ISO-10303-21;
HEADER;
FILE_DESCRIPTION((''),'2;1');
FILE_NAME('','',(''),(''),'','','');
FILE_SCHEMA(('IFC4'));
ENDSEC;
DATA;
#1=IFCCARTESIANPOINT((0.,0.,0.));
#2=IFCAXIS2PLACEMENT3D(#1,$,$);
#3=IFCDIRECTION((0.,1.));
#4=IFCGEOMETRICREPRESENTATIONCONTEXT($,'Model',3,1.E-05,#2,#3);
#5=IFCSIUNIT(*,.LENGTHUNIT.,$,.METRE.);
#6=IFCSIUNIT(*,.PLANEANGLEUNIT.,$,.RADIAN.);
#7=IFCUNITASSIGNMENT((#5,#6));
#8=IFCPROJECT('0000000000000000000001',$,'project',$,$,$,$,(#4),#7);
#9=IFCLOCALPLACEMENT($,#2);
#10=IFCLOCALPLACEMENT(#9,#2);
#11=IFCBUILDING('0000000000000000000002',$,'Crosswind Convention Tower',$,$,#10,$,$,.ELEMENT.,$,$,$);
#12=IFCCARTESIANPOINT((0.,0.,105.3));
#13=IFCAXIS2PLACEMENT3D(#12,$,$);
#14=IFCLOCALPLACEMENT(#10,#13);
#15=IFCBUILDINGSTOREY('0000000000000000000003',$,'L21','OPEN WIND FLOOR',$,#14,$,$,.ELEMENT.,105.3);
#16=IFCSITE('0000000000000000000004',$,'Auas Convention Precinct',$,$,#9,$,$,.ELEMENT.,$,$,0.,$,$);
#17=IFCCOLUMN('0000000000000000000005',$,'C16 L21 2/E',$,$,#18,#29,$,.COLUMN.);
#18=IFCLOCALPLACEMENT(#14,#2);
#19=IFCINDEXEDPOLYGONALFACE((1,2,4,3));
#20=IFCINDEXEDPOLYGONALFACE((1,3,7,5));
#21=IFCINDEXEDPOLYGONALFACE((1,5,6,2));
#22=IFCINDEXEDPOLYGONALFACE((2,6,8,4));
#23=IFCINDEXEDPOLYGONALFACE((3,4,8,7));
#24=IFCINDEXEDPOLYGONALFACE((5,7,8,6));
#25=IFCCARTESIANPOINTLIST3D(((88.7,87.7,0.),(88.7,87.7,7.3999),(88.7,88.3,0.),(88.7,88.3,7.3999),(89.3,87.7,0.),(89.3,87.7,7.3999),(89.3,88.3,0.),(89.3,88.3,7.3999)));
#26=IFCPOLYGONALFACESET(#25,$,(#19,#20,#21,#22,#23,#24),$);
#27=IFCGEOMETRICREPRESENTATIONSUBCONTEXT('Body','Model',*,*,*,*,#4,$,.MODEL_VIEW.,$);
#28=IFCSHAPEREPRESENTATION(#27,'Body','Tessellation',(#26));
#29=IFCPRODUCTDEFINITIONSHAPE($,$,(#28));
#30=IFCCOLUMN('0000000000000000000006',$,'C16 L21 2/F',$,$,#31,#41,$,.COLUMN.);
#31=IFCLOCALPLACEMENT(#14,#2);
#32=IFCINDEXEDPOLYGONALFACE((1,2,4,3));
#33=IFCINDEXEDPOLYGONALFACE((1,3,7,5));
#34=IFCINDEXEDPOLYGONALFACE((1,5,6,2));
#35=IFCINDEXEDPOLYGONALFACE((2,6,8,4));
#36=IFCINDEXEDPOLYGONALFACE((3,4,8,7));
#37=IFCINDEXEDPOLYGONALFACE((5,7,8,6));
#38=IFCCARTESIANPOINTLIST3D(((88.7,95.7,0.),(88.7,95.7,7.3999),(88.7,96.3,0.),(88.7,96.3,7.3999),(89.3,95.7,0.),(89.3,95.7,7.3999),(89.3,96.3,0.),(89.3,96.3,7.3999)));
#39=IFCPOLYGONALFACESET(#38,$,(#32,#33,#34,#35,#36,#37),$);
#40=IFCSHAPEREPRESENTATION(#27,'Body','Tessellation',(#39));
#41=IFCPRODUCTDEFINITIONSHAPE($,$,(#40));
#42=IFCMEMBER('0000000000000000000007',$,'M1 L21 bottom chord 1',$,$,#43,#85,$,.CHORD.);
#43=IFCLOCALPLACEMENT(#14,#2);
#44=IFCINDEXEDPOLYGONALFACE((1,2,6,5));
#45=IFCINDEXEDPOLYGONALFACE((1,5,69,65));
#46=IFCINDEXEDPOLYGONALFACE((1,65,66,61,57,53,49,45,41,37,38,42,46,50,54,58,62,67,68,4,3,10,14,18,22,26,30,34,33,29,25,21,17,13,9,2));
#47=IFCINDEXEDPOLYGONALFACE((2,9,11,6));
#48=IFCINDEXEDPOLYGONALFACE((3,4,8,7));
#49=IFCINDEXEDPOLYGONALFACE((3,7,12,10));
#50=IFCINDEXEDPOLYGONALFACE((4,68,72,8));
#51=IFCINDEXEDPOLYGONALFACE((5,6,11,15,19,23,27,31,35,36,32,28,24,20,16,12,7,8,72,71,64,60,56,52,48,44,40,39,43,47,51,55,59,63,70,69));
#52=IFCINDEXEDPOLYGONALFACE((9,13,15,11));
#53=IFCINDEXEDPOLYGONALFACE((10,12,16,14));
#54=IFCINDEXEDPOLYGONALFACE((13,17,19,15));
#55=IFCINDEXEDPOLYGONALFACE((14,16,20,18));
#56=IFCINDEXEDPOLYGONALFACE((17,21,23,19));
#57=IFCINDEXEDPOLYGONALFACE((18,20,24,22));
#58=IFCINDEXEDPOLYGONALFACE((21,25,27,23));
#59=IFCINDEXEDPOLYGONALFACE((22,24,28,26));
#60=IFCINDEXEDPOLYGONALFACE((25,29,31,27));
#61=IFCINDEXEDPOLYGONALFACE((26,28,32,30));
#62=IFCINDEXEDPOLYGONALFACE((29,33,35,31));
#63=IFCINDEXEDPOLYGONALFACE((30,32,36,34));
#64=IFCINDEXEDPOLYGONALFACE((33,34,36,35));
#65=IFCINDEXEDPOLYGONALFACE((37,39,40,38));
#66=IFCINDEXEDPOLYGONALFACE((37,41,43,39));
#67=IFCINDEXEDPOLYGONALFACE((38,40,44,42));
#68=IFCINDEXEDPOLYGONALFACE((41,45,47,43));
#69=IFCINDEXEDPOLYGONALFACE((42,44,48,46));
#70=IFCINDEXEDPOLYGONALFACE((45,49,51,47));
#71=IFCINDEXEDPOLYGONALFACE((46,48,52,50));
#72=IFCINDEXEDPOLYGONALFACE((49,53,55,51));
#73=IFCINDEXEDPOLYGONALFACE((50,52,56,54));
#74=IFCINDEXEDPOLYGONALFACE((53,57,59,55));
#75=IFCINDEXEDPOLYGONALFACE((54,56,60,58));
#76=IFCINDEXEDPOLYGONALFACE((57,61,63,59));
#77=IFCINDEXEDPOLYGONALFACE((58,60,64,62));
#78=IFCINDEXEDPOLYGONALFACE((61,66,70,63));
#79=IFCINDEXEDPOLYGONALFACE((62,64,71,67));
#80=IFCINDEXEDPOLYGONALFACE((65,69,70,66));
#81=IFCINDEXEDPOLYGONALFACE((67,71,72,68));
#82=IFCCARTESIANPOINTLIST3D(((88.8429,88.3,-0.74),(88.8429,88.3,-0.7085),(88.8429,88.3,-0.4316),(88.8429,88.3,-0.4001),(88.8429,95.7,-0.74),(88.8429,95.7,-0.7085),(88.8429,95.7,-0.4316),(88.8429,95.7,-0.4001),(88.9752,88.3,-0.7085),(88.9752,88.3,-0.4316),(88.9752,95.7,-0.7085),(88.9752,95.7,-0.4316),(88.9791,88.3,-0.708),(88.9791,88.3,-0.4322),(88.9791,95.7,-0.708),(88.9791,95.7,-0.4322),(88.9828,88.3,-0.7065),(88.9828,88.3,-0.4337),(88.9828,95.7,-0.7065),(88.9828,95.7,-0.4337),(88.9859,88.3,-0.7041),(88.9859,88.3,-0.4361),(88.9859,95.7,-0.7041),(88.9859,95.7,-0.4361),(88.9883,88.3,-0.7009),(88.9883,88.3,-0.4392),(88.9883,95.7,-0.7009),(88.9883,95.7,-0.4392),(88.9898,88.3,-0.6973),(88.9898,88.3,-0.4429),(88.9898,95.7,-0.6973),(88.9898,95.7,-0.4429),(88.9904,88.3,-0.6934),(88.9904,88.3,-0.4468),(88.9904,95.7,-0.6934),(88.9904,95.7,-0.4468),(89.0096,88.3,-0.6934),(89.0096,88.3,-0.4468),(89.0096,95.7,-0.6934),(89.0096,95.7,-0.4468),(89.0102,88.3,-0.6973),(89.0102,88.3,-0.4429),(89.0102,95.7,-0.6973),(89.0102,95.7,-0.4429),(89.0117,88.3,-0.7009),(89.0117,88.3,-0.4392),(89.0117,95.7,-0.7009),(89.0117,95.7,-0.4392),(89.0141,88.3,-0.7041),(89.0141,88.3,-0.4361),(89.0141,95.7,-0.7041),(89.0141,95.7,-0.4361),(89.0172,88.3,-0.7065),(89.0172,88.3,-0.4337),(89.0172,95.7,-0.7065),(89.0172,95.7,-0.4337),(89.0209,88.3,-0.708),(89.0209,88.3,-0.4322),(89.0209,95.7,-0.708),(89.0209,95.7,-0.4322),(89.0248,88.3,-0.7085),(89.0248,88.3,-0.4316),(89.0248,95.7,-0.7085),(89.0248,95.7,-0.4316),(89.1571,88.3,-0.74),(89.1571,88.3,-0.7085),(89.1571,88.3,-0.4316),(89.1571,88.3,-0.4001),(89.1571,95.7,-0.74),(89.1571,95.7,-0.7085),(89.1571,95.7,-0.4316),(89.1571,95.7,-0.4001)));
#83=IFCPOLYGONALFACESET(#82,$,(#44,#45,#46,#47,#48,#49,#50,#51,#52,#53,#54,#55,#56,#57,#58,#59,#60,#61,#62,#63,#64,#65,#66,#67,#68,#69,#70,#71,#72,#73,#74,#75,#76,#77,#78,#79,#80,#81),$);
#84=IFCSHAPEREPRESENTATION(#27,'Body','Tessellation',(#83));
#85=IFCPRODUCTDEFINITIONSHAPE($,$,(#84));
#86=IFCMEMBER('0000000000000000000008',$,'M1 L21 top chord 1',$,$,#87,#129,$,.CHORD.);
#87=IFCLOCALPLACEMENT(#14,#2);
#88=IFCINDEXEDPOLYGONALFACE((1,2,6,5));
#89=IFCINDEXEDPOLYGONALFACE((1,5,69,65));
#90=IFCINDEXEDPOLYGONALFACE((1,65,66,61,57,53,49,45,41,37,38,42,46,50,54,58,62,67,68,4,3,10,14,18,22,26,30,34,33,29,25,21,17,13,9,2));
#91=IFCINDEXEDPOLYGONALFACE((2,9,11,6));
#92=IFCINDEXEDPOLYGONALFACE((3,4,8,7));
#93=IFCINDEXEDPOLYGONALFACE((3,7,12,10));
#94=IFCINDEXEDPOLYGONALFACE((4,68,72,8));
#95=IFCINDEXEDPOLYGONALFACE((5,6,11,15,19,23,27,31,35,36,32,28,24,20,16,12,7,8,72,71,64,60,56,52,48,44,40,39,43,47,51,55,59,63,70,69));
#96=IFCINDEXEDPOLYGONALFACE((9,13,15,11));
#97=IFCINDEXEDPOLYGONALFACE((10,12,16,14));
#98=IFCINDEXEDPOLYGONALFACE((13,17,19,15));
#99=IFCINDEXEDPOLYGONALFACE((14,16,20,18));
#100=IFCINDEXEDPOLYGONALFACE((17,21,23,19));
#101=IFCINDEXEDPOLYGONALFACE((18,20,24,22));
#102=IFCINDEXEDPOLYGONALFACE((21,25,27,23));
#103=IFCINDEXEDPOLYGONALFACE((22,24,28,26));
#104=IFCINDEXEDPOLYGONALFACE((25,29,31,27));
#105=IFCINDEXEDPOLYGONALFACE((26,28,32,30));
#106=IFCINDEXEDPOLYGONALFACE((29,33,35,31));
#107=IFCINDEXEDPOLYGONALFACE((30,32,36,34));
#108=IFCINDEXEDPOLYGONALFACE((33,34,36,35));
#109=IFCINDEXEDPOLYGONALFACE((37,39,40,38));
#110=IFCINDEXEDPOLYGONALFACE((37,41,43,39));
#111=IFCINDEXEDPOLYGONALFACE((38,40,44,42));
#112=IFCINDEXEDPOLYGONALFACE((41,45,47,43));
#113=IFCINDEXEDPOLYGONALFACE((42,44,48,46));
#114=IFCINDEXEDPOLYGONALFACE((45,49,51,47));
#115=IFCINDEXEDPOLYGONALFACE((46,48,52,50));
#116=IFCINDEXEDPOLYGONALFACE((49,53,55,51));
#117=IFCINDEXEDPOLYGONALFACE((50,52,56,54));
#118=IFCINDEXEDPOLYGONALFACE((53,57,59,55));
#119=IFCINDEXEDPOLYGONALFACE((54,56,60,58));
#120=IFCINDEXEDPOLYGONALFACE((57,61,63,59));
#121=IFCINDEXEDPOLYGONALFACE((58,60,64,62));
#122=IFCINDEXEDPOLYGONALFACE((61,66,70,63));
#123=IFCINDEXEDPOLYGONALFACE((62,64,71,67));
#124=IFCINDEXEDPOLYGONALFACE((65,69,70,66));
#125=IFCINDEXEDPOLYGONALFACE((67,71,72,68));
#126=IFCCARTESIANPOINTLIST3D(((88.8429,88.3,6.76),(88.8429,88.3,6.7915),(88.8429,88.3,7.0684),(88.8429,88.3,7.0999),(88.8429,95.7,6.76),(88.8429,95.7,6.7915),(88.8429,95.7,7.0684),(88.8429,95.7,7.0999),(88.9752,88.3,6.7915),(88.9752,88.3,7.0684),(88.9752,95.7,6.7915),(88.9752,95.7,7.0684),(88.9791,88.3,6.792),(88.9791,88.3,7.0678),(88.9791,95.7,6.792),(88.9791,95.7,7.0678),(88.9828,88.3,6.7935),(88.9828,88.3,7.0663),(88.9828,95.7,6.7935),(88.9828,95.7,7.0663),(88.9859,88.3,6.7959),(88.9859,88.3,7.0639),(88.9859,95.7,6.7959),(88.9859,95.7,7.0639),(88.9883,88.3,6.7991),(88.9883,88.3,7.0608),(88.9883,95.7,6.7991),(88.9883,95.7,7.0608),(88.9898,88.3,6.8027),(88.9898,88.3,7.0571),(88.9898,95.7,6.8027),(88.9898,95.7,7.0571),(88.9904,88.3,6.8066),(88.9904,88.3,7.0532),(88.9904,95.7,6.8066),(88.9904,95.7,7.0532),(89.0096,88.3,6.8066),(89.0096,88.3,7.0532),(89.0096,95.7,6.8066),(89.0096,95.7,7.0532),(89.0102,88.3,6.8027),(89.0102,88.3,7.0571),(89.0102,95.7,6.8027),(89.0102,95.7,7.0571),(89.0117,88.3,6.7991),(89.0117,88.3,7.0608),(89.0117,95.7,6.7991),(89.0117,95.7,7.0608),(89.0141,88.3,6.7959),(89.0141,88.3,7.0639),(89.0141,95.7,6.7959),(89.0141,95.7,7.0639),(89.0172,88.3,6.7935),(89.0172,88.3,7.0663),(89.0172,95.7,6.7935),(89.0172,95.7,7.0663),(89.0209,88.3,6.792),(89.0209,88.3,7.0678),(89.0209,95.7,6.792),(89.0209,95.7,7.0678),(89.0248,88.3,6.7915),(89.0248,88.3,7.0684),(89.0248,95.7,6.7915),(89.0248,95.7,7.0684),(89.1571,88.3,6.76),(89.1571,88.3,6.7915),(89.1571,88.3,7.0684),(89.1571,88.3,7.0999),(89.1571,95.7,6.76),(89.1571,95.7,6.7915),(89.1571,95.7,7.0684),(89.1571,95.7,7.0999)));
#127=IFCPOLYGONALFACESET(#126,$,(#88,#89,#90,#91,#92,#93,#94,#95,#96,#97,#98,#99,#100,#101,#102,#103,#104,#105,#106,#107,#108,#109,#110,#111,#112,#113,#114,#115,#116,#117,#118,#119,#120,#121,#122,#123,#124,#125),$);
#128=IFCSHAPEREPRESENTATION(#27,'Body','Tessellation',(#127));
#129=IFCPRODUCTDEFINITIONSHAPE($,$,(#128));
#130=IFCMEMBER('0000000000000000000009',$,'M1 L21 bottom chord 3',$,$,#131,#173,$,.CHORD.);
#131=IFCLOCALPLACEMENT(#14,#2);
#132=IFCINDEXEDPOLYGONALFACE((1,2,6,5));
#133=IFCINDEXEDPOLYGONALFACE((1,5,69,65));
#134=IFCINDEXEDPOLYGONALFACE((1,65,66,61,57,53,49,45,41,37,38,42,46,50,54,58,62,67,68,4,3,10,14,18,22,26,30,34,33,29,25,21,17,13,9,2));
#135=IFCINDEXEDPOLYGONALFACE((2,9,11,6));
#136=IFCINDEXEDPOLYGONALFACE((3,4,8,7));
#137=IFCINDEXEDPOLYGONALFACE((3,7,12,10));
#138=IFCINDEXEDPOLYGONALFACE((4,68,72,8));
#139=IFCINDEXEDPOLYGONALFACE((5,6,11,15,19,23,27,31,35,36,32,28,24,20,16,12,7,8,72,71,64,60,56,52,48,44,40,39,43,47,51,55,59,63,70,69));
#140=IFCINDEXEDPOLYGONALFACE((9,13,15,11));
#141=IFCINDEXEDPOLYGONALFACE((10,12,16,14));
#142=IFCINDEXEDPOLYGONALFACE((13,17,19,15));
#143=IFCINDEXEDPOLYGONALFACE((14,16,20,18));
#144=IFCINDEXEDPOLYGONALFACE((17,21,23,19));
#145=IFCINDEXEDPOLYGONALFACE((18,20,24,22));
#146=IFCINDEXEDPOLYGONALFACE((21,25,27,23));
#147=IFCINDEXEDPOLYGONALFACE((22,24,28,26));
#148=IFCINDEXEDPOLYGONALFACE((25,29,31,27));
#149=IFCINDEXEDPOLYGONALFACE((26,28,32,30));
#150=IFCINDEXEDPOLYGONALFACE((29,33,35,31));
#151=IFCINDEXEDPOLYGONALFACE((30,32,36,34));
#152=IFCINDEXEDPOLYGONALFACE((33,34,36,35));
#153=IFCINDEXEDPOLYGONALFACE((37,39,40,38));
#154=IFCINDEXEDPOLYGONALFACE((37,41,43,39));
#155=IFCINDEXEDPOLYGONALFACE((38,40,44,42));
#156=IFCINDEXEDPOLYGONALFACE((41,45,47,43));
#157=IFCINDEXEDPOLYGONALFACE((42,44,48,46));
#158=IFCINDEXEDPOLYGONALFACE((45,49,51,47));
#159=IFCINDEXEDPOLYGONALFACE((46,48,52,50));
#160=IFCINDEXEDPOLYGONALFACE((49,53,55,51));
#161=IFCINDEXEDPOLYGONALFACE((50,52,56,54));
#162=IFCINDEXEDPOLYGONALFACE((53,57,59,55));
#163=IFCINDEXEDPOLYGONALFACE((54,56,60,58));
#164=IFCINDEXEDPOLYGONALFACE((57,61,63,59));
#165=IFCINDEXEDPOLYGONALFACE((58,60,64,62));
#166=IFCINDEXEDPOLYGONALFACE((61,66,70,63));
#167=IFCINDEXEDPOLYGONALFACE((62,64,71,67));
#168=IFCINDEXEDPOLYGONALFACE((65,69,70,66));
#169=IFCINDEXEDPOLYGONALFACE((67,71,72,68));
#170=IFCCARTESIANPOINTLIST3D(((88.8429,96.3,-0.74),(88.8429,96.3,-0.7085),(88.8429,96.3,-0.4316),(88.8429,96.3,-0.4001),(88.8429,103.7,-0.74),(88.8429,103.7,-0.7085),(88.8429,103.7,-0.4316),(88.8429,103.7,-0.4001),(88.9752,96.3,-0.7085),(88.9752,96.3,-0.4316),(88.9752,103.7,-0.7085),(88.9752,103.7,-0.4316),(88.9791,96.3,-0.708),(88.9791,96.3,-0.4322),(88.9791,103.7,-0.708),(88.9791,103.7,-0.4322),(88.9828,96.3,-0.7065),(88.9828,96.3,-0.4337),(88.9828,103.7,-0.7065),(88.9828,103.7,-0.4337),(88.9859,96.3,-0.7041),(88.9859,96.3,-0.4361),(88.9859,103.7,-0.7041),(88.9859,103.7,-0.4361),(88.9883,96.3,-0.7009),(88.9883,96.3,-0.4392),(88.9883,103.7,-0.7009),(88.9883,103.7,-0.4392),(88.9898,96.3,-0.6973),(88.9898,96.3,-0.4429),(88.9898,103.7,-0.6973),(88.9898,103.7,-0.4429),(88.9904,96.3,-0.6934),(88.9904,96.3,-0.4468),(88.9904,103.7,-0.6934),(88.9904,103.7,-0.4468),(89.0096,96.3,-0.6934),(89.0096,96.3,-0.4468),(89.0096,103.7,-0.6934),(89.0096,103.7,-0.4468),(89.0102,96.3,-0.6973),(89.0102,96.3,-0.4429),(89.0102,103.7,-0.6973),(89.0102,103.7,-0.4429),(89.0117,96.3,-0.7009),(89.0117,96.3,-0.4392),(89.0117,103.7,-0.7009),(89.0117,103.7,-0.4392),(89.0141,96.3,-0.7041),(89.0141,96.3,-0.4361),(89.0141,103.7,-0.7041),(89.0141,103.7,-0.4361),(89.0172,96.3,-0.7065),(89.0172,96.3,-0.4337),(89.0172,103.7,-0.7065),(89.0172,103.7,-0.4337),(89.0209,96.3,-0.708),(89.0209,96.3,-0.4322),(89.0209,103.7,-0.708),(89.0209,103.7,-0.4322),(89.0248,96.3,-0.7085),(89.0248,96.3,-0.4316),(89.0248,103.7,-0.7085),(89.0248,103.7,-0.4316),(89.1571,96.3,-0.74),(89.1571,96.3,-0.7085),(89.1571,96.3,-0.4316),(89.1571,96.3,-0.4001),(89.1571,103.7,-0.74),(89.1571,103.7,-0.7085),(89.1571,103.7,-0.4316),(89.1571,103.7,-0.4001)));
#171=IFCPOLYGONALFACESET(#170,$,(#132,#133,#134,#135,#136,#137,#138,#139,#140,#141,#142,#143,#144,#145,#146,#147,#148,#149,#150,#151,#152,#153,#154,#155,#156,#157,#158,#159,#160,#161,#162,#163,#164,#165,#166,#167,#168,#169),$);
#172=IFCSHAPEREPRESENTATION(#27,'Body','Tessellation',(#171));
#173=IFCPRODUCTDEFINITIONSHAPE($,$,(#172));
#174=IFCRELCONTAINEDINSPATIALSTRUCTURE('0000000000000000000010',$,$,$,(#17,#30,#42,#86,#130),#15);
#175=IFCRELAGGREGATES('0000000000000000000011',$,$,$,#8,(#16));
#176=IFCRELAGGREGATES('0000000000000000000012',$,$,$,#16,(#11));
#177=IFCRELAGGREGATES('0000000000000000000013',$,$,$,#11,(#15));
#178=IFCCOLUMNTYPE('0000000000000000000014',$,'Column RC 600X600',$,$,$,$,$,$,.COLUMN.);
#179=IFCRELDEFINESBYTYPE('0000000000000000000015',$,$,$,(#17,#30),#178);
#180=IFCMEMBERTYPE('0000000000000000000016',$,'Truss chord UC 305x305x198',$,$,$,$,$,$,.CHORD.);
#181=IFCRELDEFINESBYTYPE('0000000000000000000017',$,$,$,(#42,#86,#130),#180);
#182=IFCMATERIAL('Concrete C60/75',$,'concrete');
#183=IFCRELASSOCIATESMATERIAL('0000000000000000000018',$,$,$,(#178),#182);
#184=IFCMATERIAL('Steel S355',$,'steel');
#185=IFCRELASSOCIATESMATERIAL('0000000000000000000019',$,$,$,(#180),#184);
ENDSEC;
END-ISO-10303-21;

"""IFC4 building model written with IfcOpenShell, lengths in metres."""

from ifc_helpers import new_model, si_unit, direction, frame, origin, origin_2d, place, context, subcontext, project, spatial, rectangle, i_section, extrude, material, material_profile, profile_set, type_object, element, save


model = new_model("IFC4")

# Units and contexts
model_context = context("Model", 3, precision=1e-05, world=origin(), true_north=direction((0.0, 1.0)))
body_context = subcontext(model_context, "Body", "Model", "MODEL_VIEW")
ifc_project = project(units=[si_unit("LENGTHUNIT", "METRE"), si_unit("PLANEANGLEUNIT", "RADIAN")], contexts=[model_context])

# Site, building, storey
site_placement = place(None, origin())
site = spatial("IfcSite", under=ifc_project, at=site_placement, Name="Auas Convention Precinct", CompositionType="ELEMENT", RefElevation=0.0)
building_placement = place(site_placement, origin())
building = spatial("IfcBuilding", under=site, at=building_placement, Name="Crosswind Convention Tower", CompositionType="ELEMENT")
storey_placement = place(building_placement, frame((0.0, 0.0, 105.3)))
storey = spatial("IfcBuildingStorey", under=building, at=storey_placement, Name="L21", Description="OPEN WIND FLOOR", CompositionType="ELEMENT", Elevation=105.3)

# Columns
ifc_material_1 = material(Name="Concrete C60/75", Category="concrete")
ifc_material_profile_1 = material_profile(ifc_material_1, rectangle(XDim=0.6001, YDim=0.6001, at=origin_2d()), Name="RC 600X600")
ifc_profile_set_1 = profile_set([ifc_material_profile_1], Name="Concrete C60/75")
column_type = type_object("IfcColumnType", Name="Column RC 600X600", PredefinedType="COLUMN", material=ifc_profile_set_1)
for number, where, z_axis, x_axis, name in (
    (1, (89.0, 88.0, 0.0), (0.0, 0.0, 1.0), (1.0, 0.0, 0.0), "C16 L21 2/E"),
    (2, (89.0, 96.0, 0.0), (0.0, 0.0, 1.0), (1.0, 0.0, 0.0), "C16 L21 2/F"),
):
    element("IfcColumn", number, at=place(storey_placement, frame(where, z_axis=z_axis, x_axis=x_axis)), inside=storey, type_object=column_type, Name=name, PredefinedType="COLUMN", context=body_context, shape_type="SweptSolid", body=[
        extrude(rectangle(XDim=0.6001, YDim=0.6001, at=origin_2d()), origin(), (0.0, 0.0, 1.0), 7.3999),
    ])

# Members
ifc_material_2 = material(Name="Steel S355", Category="steel")
ifc_material_profile_2 = material_profile(ifc_material_2, i_section(OverallWidth=0.3142, OverallDepth=0.3398, WebThickness=0.0193, FlangeThickness=0.0315, FilletRadius=0.0151, at=origin_2d()), Name="UC 305x305x198")
ifc_profile_set_2 = profile_set([ifc_material_profile_2], Name="Steel S355")
member_type_1 = type_object("IfcMemberType", Name="Truss chord UC 305x305x198", PredefinedType="CHORD", material=ifc_profile_set_2)
for number, where, z_axis, x_axis, name in (
    (3, (89.0, 88.3, -0.5701), (0.0, 1.0, 0.0), (-1.0, 0.0, 0.0), "M1 L21 bottom chord 1"),
    (4, (89.0, 88.3, 6.9299), (0.0, 1.0, 0.0), (-1.0, 0.0, 0.0), "M1 L21 top chord 1"),
    (5, (89.0, 96.3, -0.5701), (0.0, 1.0, 0.0), (-1.0, 0.0, 0.0), "M1 L21 bottom chord 3"),
):
    element("IfcMember", number, at=place(storey_placement, frame(where, z_axis=z_axis, x_axis=x_axis)), inside=storey, type_object=member_type_1, Name=name, PredefinedType="CHORD", context=body_context, shape_type="SweptSolid", body=[
        extrude(i_section(OverallWidth=0.3142, OverallDepth=0.3398, WebThickness=0.0193, FlangeThickness=0.0315, FilletRadius=0.0151, at=origin_2d()), origin(), (0.0, 0.0, 1.0), 7.3999),
    ])

save(model, "model.ifc")
